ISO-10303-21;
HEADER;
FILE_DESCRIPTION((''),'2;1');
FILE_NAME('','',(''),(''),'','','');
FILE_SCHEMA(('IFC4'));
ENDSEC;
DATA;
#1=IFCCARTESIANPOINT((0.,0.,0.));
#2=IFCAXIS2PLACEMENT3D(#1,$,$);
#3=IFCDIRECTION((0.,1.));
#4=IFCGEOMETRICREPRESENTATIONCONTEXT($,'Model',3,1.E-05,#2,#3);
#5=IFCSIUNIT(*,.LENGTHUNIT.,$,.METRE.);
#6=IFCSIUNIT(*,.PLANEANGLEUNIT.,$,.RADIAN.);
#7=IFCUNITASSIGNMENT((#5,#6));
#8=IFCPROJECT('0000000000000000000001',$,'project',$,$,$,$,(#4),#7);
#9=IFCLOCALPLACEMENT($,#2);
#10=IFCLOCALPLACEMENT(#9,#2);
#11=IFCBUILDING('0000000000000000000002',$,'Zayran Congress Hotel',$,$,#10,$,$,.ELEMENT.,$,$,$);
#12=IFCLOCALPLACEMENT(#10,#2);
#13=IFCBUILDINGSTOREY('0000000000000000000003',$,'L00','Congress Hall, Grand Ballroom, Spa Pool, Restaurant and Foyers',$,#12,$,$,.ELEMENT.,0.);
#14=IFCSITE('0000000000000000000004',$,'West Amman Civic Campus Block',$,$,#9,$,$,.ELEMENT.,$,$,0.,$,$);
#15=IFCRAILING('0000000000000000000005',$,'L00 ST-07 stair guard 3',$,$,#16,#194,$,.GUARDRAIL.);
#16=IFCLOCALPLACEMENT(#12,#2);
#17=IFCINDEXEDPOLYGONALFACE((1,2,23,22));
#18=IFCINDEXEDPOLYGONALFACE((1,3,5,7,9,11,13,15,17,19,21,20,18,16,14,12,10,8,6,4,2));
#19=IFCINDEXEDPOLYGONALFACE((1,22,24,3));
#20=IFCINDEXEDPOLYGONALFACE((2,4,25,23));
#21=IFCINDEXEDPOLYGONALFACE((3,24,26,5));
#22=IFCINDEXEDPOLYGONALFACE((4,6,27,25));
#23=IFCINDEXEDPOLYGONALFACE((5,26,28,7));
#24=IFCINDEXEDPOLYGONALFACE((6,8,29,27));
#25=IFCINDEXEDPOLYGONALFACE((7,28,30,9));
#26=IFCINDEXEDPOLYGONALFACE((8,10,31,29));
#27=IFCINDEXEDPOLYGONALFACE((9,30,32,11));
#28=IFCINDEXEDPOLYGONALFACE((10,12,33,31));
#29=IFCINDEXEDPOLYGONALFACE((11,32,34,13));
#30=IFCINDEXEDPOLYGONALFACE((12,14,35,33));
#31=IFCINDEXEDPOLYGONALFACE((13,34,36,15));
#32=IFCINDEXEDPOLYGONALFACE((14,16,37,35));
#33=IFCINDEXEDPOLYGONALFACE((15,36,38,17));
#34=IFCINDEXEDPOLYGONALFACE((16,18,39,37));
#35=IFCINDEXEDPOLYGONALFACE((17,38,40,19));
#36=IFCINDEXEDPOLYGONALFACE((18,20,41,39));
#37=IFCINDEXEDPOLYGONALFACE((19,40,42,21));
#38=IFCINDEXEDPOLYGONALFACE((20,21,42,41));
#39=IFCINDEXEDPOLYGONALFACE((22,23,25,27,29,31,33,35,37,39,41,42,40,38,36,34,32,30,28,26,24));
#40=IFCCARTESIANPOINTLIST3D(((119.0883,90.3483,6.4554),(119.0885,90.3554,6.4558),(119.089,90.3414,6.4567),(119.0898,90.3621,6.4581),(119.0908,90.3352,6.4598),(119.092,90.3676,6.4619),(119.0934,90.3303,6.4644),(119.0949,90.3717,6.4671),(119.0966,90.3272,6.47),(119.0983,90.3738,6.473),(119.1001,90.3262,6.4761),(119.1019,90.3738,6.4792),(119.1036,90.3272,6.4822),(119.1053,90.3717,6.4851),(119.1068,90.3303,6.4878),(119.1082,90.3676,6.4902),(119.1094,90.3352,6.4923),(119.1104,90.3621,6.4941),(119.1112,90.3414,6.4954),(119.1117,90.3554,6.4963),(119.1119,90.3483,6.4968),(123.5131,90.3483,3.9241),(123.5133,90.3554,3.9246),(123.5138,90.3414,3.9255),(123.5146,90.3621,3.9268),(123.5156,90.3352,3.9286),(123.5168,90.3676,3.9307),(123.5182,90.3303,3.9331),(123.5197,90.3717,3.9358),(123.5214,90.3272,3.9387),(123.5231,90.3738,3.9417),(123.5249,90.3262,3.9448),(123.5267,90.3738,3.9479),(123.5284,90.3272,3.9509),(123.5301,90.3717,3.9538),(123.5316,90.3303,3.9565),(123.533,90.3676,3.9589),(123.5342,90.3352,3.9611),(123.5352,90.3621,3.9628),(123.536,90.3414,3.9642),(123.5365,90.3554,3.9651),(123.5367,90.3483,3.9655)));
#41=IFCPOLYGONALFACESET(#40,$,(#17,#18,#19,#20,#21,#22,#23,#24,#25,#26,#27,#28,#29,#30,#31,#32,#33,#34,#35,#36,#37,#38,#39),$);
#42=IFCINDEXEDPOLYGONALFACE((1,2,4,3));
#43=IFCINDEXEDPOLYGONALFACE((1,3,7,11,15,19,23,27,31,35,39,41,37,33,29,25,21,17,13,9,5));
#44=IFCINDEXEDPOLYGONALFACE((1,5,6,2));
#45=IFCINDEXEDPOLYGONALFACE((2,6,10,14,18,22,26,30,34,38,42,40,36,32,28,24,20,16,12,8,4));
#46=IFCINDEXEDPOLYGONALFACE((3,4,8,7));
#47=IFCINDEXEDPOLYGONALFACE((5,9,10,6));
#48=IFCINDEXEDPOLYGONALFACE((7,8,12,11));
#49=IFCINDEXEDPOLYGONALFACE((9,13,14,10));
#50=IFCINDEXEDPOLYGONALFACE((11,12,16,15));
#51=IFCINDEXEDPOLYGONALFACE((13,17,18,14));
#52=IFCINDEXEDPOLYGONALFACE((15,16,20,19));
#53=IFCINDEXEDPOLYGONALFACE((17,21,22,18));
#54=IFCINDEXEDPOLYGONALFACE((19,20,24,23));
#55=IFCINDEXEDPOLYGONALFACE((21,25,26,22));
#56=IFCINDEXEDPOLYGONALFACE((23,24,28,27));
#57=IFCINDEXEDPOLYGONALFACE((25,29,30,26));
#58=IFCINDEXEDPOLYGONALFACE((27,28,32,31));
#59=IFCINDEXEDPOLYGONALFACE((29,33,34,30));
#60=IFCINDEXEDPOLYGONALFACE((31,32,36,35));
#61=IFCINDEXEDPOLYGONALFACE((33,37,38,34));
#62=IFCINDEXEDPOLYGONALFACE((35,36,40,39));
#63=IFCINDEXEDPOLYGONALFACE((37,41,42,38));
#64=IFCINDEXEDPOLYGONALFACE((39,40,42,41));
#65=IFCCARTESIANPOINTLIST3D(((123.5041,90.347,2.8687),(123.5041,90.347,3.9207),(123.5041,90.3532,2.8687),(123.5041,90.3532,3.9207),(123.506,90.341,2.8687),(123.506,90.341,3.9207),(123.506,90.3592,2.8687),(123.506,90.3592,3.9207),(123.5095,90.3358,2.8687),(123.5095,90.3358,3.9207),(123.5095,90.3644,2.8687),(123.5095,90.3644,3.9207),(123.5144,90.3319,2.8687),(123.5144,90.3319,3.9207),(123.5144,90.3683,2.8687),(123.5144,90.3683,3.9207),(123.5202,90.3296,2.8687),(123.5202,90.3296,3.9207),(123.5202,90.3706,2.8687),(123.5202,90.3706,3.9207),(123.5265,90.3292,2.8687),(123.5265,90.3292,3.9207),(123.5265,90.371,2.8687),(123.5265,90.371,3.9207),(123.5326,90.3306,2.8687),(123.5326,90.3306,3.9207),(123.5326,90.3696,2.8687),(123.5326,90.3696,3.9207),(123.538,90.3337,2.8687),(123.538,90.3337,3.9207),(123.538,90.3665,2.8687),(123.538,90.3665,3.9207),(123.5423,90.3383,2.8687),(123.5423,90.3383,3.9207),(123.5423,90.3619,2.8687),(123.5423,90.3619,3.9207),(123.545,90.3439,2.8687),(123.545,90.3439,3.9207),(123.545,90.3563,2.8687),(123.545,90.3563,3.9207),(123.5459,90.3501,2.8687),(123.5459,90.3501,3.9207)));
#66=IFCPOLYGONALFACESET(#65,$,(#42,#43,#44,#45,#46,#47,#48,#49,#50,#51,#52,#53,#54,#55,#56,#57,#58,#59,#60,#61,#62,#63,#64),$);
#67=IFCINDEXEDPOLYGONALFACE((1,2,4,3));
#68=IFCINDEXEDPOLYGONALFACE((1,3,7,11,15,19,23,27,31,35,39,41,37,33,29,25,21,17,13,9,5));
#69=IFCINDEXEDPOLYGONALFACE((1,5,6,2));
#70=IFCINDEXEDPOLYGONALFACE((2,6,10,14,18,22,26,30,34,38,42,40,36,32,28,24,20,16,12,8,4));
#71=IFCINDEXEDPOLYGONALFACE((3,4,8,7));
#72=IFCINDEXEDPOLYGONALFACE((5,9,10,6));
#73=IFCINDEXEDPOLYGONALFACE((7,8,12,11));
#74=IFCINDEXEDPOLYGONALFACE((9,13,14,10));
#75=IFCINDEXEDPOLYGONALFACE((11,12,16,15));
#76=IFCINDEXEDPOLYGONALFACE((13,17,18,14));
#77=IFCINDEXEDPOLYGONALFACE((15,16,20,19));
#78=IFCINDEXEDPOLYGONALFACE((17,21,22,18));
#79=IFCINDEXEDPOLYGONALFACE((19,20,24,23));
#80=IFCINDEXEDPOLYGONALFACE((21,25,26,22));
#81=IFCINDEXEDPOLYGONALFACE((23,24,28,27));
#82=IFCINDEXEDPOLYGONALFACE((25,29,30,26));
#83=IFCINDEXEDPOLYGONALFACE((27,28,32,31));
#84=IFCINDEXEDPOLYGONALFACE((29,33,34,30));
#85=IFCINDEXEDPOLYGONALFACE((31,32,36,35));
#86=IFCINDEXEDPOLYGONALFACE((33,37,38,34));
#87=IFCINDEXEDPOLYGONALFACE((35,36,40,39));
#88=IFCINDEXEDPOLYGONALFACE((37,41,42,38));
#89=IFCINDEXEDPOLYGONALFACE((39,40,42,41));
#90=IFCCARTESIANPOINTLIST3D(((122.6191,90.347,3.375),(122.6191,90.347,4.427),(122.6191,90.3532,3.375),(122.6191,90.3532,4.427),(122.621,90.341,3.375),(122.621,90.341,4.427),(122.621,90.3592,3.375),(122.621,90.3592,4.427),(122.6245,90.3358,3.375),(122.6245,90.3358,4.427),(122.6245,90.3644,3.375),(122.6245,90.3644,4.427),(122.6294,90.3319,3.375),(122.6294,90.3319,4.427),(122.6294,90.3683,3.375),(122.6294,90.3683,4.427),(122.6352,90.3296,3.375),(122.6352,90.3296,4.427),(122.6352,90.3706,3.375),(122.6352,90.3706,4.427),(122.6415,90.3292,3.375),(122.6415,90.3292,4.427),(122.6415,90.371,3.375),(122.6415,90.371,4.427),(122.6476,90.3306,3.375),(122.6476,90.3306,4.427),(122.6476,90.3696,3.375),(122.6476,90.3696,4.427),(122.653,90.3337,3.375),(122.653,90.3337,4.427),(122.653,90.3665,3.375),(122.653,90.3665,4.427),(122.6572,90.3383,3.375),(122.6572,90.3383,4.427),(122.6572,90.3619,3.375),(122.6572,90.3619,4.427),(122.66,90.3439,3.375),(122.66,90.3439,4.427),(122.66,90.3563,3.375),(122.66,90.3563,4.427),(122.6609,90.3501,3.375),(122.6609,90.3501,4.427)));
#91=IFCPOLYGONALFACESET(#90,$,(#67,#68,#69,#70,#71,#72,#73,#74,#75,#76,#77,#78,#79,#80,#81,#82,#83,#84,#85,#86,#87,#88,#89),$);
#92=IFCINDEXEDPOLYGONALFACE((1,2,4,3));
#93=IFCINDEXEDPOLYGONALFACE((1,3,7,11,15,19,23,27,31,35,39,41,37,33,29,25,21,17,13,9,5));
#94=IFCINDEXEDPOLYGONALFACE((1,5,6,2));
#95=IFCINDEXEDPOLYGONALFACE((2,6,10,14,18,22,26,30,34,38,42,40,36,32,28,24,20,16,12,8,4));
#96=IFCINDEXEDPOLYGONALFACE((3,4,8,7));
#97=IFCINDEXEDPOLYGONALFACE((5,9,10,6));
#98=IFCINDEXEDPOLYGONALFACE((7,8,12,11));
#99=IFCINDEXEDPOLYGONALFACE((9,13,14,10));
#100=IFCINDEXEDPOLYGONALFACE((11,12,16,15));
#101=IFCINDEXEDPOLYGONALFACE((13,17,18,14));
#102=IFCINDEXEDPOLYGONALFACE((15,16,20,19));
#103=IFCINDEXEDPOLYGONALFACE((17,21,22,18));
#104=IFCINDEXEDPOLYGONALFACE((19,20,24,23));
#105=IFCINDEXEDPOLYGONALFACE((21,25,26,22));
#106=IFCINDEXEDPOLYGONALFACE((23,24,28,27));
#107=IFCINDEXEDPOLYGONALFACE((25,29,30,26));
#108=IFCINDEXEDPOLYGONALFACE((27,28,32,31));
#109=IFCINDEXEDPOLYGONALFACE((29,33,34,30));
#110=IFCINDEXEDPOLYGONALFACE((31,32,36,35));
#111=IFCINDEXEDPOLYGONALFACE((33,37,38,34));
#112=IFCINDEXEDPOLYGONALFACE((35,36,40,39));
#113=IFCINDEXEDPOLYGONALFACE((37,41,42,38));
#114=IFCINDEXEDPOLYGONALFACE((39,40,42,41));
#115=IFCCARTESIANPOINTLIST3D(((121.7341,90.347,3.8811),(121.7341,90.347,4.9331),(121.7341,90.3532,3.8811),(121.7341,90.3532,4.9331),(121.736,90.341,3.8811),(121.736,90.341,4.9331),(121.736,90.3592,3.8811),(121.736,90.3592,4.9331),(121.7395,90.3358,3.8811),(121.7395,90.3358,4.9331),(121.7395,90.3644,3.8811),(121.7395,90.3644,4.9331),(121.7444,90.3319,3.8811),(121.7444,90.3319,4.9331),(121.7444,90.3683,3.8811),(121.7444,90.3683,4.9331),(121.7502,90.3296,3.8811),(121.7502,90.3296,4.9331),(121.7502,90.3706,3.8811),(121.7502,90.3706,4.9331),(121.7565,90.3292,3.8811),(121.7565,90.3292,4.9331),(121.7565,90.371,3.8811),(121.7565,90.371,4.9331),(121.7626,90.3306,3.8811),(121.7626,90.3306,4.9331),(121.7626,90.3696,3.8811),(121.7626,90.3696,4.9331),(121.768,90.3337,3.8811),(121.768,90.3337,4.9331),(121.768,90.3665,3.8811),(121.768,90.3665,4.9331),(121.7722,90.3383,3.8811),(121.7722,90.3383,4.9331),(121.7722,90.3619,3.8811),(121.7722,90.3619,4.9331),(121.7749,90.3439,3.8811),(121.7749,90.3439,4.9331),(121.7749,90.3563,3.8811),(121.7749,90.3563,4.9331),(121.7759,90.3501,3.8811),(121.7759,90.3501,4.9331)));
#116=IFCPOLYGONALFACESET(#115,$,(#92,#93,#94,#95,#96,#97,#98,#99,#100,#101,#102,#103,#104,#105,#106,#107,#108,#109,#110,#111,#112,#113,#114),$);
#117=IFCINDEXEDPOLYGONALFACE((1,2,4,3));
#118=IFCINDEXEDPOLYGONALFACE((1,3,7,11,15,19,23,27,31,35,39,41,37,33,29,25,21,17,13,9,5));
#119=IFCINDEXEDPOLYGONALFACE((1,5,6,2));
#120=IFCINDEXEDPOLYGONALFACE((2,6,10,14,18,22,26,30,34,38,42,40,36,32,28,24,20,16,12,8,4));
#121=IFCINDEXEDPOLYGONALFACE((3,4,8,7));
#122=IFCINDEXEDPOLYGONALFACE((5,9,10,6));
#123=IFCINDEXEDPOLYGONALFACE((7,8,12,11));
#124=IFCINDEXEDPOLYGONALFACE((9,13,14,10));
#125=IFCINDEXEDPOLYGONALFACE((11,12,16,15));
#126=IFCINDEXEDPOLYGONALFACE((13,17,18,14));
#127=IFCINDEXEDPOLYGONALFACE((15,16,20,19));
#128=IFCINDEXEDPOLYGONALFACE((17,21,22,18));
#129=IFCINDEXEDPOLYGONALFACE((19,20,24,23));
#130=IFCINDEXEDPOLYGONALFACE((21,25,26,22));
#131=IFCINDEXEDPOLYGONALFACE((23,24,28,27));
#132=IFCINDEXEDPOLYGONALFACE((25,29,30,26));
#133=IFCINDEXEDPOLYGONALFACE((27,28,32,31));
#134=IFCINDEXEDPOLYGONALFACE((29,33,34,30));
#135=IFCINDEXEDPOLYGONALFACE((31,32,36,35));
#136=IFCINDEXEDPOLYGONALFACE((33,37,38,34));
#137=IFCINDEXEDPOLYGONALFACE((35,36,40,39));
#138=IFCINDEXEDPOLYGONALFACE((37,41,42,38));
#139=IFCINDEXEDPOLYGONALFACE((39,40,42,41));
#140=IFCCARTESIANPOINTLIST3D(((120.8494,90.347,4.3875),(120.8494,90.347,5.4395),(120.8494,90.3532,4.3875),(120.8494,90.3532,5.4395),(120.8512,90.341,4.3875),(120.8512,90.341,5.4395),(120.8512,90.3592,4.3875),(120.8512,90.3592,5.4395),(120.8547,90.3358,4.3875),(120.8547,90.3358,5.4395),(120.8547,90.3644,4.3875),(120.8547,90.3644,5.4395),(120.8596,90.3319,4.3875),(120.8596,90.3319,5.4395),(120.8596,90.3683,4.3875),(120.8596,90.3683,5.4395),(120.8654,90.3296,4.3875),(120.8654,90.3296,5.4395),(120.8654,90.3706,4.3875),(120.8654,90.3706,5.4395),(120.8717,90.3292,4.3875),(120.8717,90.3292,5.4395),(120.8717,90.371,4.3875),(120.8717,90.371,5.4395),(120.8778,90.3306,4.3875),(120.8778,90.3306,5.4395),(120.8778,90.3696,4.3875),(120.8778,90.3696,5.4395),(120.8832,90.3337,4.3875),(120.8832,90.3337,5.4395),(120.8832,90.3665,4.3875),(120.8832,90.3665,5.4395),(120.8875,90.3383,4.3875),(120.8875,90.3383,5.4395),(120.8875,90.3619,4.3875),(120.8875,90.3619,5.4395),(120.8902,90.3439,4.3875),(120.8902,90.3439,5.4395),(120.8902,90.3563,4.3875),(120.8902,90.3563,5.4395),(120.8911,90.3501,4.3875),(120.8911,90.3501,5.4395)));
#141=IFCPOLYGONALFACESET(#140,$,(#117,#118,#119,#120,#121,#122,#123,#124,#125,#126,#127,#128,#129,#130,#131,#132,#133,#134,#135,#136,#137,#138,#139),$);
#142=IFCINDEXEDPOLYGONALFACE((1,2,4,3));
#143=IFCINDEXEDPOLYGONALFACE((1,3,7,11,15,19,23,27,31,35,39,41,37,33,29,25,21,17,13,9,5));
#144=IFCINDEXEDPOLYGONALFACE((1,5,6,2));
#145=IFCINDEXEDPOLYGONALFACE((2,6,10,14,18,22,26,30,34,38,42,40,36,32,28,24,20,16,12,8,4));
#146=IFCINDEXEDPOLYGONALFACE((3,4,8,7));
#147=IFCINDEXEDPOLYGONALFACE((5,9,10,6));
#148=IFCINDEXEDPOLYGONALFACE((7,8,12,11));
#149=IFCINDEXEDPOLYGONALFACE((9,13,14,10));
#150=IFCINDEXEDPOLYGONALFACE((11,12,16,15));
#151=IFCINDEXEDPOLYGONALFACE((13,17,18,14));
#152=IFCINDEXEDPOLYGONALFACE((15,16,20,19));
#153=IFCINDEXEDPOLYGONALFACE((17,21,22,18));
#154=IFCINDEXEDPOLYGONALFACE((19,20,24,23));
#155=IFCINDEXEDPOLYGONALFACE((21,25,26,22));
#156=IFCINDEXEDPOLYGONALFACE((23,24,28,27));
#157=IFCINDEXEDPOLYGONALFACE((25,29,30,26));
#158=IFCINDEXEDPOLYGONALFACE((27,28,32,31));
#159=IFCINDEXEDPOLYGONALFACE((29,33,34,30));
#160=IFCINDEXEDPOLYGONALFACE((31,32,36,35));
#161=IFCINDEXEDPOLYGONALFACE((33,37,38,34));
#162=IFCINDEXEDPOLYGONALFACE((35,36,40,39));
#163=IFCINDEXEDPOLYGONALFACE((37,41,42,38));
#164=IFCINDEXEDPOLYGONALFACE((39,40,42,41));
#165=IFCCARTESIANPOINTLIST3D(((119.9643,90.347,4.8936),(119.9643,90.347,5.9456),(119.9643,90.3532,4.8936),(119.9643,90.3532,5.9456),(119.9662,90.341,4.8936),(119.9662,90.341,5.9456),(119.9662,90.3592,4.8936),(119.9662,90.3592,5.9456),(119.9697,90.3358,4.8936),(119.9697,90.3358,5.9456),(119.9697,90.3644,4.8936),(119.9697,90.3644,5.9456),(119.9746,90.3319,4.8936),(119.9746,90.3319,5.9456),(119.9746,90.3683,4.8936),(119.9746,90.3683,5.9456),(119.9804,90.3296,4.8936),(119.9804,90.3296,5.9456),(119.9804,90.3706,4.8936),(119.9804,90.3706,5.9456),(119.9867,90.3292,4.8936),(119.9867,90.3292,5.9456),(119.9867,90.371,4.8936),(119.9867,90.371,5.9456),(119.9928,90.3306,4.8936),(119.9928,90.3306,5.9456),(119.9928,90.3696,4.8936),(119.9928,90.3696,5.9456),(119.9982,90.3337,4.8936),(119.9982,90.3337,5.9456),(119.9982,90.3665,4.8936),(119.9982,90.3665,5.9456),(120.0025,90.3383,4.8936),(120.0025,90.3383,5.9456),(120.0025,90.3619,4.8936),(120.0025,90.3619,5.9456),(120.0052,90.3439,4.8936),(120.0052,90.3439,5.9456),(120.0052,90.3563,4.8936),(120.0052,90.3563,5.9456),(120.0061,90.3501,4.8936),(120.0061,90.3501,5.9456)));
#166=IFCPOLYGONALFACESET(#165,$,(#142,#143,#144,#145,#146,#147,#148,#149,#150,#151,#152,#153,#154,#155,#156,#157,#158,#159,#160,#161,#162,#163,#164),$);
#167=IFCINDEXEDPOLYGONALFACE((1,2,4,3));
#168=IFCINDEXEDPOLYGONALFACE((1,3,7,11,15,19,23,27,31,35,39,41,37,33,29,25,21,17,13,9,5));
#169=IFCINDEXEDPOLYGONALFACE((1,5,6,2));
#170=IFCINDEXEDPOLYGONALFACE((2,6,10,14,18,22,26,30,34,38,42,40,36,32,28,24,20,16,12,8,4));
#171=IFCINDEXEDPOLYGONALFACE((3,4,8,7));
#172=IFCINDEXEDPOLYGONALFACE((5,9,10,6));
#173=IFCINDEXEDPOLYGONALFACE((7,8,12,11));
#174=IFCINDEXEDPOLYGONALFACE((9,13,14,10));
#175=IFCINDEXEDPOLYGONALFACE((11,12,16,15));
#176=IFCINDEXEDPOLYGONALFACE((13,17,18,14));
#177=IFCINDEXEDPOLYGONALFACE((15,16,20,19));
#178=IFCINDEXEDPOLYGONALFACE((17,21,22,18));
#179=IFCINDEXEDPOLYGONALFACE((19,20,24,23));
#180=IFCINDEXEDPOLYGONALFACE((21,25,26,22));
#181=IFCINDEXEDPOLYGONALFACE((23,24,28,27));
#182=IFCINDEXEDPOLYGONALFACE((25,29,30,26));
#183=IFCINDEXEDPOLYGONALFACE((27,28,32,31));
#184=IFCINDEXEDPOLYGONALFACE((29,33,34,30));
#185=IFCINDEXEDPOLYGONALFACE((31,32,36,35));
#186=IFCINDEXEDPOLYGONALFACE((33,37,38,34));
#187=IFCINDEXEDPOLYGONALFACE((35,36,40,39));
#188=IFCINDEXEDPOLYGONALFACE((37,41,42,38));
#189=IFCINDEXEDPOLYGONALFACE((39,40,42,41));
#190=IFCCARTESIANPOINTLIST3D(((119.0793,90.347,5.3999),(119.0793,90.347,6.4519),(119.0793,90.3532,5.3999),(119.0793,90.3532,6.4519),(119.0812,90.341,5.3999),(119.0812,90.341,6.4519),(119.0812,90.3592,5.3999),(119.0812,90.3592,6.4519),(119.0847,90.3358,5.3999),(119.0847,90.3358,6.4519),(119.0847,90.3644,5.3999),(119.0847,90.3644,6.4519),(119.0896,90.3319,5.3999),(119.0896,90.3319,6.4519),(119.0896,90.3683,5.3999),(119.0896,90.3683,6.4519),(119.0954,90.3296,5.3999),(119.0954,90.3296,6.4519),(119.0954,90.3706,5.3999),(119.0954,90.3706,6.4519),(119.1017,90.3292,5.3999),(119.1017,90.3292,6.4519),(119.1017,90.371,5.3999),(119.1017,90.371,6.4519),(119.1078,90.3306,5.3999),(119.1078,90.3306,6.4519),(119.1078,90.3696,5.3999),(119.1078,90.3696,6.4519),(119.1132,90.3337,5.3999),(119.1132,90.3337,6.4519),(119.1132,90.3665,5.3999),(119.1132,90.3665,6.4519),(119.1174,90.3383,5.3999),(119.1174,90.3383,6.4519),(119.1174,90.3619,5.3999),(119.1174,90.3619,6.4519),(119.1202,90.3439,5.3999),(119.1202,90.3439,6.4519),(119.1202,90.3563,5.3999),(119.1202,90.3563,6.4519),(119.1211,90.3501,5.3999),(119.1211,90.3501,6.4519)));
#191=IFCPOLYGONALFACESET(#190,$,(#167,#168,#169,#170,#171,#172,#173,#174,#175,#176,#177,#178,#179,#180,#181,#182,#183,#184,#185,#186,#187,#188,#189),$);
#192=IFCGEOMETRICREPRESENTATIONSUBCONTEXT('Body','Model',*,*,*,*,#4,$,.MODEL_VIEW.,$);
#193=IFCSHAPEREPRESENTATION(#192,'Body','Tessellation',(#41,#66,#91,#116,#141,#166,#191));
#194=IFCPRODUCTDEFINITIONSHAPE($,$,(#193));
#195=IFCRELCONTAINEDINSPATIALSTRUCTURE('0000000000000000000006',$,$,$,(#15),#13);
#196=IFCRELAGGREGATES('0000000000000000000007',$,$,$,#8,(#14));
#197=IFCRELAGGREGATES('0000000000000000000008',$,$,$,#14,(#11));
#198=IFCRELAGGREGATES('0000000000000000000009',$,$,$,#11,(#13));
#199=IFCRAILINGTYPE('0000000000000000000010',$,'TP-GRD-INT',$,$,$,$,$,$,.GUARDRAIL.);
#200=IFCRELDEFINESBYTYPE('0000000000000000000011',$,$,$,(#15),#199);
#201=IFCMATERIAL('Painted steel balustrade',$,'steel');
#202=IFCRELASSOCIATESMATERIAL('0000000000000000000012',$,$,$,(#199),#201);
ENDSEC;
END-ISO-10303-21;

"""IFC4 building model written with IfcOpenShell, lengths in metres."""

from ifc_helpers import new_model, si_unit, direction, frame, origin, origin_2d, place, context, subcontext, project, spatial, circle, extrude, material, type_object, element, save


model = new_model("IFC4")

# Units and contexts
model_context = context("Model", 3, precision=1e-05, world=origin(), true_north=direction((0.0, 1.0)))
body_context = subcontext(model_context, "Body", "Model", "MODEL_VIEW")
ifc_project = project(units=[si_unit("LENGTHUNIT", "METRE"), si_unit("PLANEANGLEUNIT", "RADIAN")], contexts=[model_context])

# Site, building, storey
site_placement = place(None, origin())
site = spatial("IfcSite", under=ifc_project, at=site_placement, Name="West Amman Civic Campus Block", CompositionType="ELEMENT", RefElevation=0.0)
building_placement = place(site_placement, origin())
building = spatial("IfcBuilding", under=site, at=building_placement, Name="Zayran Congress Hotel", CompositionType="ELEMENT")
storey_placement = place(building_placement, origin())
storey = spatial("IfcBuildingStorey", under=building, at=storey_placement, Name="L00", Description="Congress Hall, Grand Ballroom, Spa Pool, Restaurant and Foyers", CompositionType="ELEMENT", Elevation=0.0)

# Railing
ifc_material_1 = material(Name="Painted steel balustrade", Category="steel")
railing_type_1 = type_object("IfcRailingType", Name="TP-GRD-INT", PredefinedType="GUARDRAIL", material=ifc_material_1)
railing_1_placement = place(storey_placement, frame((123.5249, 90.3501, 2.8687)))
element("IfcRailing", 1, at=railing_1_placement, inside=storey, type_object=railing_type_1, Name="L00 ST-07 stair guard 3", PredefinedType="GUARDRAIL", context=body_context, shape_type="SweptSolid", body=[
    extrude(circle(Radius=0.0239, at=origin_2d()), frame((0.0, 0.0, 1.0762), z_axis=(-0.868007, 0.0, 0.496551), x_axis=(0.0, -1.0, 0.0)), (0.0, 0.0, 1.0), 5.0977),
    extrude(circle(Radius=0.021, at=origin_2d()), origin(), (0.0, 0.0, 1.0), 1.052),
    extrude(circle(Radius=0.021, at=origin_2d()), frame((-0.885, 0.0, 0.5063)), (0.0, 0.0, 1.0), 1.052),
    extrude(circle(Radius=0.021, at=origin_2d()), frame((-1.77, 0.0, 1.0125)), (0.0, 0.0, 1.0), 1.052),
    extrude(circle(Radius=0.021, at=origin_2d()), frame((-2.6548, 0.0, 1.5188)), (0.0, 0.0, 1.0), 1.052),
    extrude(circle(Radius=0.021, at=origin_2d()), frame((-3.5398, 0.0, 2.0249)), (0.0, 0.0, 1.0), 1.052),
    extrude(circle(Radius=0.021, at=origin_2d()), frame((-4.4248, 0.0, 2.5312)), (0.0, 0.0, 1.0), 1.052),
])

save(model, "model.ifc")
